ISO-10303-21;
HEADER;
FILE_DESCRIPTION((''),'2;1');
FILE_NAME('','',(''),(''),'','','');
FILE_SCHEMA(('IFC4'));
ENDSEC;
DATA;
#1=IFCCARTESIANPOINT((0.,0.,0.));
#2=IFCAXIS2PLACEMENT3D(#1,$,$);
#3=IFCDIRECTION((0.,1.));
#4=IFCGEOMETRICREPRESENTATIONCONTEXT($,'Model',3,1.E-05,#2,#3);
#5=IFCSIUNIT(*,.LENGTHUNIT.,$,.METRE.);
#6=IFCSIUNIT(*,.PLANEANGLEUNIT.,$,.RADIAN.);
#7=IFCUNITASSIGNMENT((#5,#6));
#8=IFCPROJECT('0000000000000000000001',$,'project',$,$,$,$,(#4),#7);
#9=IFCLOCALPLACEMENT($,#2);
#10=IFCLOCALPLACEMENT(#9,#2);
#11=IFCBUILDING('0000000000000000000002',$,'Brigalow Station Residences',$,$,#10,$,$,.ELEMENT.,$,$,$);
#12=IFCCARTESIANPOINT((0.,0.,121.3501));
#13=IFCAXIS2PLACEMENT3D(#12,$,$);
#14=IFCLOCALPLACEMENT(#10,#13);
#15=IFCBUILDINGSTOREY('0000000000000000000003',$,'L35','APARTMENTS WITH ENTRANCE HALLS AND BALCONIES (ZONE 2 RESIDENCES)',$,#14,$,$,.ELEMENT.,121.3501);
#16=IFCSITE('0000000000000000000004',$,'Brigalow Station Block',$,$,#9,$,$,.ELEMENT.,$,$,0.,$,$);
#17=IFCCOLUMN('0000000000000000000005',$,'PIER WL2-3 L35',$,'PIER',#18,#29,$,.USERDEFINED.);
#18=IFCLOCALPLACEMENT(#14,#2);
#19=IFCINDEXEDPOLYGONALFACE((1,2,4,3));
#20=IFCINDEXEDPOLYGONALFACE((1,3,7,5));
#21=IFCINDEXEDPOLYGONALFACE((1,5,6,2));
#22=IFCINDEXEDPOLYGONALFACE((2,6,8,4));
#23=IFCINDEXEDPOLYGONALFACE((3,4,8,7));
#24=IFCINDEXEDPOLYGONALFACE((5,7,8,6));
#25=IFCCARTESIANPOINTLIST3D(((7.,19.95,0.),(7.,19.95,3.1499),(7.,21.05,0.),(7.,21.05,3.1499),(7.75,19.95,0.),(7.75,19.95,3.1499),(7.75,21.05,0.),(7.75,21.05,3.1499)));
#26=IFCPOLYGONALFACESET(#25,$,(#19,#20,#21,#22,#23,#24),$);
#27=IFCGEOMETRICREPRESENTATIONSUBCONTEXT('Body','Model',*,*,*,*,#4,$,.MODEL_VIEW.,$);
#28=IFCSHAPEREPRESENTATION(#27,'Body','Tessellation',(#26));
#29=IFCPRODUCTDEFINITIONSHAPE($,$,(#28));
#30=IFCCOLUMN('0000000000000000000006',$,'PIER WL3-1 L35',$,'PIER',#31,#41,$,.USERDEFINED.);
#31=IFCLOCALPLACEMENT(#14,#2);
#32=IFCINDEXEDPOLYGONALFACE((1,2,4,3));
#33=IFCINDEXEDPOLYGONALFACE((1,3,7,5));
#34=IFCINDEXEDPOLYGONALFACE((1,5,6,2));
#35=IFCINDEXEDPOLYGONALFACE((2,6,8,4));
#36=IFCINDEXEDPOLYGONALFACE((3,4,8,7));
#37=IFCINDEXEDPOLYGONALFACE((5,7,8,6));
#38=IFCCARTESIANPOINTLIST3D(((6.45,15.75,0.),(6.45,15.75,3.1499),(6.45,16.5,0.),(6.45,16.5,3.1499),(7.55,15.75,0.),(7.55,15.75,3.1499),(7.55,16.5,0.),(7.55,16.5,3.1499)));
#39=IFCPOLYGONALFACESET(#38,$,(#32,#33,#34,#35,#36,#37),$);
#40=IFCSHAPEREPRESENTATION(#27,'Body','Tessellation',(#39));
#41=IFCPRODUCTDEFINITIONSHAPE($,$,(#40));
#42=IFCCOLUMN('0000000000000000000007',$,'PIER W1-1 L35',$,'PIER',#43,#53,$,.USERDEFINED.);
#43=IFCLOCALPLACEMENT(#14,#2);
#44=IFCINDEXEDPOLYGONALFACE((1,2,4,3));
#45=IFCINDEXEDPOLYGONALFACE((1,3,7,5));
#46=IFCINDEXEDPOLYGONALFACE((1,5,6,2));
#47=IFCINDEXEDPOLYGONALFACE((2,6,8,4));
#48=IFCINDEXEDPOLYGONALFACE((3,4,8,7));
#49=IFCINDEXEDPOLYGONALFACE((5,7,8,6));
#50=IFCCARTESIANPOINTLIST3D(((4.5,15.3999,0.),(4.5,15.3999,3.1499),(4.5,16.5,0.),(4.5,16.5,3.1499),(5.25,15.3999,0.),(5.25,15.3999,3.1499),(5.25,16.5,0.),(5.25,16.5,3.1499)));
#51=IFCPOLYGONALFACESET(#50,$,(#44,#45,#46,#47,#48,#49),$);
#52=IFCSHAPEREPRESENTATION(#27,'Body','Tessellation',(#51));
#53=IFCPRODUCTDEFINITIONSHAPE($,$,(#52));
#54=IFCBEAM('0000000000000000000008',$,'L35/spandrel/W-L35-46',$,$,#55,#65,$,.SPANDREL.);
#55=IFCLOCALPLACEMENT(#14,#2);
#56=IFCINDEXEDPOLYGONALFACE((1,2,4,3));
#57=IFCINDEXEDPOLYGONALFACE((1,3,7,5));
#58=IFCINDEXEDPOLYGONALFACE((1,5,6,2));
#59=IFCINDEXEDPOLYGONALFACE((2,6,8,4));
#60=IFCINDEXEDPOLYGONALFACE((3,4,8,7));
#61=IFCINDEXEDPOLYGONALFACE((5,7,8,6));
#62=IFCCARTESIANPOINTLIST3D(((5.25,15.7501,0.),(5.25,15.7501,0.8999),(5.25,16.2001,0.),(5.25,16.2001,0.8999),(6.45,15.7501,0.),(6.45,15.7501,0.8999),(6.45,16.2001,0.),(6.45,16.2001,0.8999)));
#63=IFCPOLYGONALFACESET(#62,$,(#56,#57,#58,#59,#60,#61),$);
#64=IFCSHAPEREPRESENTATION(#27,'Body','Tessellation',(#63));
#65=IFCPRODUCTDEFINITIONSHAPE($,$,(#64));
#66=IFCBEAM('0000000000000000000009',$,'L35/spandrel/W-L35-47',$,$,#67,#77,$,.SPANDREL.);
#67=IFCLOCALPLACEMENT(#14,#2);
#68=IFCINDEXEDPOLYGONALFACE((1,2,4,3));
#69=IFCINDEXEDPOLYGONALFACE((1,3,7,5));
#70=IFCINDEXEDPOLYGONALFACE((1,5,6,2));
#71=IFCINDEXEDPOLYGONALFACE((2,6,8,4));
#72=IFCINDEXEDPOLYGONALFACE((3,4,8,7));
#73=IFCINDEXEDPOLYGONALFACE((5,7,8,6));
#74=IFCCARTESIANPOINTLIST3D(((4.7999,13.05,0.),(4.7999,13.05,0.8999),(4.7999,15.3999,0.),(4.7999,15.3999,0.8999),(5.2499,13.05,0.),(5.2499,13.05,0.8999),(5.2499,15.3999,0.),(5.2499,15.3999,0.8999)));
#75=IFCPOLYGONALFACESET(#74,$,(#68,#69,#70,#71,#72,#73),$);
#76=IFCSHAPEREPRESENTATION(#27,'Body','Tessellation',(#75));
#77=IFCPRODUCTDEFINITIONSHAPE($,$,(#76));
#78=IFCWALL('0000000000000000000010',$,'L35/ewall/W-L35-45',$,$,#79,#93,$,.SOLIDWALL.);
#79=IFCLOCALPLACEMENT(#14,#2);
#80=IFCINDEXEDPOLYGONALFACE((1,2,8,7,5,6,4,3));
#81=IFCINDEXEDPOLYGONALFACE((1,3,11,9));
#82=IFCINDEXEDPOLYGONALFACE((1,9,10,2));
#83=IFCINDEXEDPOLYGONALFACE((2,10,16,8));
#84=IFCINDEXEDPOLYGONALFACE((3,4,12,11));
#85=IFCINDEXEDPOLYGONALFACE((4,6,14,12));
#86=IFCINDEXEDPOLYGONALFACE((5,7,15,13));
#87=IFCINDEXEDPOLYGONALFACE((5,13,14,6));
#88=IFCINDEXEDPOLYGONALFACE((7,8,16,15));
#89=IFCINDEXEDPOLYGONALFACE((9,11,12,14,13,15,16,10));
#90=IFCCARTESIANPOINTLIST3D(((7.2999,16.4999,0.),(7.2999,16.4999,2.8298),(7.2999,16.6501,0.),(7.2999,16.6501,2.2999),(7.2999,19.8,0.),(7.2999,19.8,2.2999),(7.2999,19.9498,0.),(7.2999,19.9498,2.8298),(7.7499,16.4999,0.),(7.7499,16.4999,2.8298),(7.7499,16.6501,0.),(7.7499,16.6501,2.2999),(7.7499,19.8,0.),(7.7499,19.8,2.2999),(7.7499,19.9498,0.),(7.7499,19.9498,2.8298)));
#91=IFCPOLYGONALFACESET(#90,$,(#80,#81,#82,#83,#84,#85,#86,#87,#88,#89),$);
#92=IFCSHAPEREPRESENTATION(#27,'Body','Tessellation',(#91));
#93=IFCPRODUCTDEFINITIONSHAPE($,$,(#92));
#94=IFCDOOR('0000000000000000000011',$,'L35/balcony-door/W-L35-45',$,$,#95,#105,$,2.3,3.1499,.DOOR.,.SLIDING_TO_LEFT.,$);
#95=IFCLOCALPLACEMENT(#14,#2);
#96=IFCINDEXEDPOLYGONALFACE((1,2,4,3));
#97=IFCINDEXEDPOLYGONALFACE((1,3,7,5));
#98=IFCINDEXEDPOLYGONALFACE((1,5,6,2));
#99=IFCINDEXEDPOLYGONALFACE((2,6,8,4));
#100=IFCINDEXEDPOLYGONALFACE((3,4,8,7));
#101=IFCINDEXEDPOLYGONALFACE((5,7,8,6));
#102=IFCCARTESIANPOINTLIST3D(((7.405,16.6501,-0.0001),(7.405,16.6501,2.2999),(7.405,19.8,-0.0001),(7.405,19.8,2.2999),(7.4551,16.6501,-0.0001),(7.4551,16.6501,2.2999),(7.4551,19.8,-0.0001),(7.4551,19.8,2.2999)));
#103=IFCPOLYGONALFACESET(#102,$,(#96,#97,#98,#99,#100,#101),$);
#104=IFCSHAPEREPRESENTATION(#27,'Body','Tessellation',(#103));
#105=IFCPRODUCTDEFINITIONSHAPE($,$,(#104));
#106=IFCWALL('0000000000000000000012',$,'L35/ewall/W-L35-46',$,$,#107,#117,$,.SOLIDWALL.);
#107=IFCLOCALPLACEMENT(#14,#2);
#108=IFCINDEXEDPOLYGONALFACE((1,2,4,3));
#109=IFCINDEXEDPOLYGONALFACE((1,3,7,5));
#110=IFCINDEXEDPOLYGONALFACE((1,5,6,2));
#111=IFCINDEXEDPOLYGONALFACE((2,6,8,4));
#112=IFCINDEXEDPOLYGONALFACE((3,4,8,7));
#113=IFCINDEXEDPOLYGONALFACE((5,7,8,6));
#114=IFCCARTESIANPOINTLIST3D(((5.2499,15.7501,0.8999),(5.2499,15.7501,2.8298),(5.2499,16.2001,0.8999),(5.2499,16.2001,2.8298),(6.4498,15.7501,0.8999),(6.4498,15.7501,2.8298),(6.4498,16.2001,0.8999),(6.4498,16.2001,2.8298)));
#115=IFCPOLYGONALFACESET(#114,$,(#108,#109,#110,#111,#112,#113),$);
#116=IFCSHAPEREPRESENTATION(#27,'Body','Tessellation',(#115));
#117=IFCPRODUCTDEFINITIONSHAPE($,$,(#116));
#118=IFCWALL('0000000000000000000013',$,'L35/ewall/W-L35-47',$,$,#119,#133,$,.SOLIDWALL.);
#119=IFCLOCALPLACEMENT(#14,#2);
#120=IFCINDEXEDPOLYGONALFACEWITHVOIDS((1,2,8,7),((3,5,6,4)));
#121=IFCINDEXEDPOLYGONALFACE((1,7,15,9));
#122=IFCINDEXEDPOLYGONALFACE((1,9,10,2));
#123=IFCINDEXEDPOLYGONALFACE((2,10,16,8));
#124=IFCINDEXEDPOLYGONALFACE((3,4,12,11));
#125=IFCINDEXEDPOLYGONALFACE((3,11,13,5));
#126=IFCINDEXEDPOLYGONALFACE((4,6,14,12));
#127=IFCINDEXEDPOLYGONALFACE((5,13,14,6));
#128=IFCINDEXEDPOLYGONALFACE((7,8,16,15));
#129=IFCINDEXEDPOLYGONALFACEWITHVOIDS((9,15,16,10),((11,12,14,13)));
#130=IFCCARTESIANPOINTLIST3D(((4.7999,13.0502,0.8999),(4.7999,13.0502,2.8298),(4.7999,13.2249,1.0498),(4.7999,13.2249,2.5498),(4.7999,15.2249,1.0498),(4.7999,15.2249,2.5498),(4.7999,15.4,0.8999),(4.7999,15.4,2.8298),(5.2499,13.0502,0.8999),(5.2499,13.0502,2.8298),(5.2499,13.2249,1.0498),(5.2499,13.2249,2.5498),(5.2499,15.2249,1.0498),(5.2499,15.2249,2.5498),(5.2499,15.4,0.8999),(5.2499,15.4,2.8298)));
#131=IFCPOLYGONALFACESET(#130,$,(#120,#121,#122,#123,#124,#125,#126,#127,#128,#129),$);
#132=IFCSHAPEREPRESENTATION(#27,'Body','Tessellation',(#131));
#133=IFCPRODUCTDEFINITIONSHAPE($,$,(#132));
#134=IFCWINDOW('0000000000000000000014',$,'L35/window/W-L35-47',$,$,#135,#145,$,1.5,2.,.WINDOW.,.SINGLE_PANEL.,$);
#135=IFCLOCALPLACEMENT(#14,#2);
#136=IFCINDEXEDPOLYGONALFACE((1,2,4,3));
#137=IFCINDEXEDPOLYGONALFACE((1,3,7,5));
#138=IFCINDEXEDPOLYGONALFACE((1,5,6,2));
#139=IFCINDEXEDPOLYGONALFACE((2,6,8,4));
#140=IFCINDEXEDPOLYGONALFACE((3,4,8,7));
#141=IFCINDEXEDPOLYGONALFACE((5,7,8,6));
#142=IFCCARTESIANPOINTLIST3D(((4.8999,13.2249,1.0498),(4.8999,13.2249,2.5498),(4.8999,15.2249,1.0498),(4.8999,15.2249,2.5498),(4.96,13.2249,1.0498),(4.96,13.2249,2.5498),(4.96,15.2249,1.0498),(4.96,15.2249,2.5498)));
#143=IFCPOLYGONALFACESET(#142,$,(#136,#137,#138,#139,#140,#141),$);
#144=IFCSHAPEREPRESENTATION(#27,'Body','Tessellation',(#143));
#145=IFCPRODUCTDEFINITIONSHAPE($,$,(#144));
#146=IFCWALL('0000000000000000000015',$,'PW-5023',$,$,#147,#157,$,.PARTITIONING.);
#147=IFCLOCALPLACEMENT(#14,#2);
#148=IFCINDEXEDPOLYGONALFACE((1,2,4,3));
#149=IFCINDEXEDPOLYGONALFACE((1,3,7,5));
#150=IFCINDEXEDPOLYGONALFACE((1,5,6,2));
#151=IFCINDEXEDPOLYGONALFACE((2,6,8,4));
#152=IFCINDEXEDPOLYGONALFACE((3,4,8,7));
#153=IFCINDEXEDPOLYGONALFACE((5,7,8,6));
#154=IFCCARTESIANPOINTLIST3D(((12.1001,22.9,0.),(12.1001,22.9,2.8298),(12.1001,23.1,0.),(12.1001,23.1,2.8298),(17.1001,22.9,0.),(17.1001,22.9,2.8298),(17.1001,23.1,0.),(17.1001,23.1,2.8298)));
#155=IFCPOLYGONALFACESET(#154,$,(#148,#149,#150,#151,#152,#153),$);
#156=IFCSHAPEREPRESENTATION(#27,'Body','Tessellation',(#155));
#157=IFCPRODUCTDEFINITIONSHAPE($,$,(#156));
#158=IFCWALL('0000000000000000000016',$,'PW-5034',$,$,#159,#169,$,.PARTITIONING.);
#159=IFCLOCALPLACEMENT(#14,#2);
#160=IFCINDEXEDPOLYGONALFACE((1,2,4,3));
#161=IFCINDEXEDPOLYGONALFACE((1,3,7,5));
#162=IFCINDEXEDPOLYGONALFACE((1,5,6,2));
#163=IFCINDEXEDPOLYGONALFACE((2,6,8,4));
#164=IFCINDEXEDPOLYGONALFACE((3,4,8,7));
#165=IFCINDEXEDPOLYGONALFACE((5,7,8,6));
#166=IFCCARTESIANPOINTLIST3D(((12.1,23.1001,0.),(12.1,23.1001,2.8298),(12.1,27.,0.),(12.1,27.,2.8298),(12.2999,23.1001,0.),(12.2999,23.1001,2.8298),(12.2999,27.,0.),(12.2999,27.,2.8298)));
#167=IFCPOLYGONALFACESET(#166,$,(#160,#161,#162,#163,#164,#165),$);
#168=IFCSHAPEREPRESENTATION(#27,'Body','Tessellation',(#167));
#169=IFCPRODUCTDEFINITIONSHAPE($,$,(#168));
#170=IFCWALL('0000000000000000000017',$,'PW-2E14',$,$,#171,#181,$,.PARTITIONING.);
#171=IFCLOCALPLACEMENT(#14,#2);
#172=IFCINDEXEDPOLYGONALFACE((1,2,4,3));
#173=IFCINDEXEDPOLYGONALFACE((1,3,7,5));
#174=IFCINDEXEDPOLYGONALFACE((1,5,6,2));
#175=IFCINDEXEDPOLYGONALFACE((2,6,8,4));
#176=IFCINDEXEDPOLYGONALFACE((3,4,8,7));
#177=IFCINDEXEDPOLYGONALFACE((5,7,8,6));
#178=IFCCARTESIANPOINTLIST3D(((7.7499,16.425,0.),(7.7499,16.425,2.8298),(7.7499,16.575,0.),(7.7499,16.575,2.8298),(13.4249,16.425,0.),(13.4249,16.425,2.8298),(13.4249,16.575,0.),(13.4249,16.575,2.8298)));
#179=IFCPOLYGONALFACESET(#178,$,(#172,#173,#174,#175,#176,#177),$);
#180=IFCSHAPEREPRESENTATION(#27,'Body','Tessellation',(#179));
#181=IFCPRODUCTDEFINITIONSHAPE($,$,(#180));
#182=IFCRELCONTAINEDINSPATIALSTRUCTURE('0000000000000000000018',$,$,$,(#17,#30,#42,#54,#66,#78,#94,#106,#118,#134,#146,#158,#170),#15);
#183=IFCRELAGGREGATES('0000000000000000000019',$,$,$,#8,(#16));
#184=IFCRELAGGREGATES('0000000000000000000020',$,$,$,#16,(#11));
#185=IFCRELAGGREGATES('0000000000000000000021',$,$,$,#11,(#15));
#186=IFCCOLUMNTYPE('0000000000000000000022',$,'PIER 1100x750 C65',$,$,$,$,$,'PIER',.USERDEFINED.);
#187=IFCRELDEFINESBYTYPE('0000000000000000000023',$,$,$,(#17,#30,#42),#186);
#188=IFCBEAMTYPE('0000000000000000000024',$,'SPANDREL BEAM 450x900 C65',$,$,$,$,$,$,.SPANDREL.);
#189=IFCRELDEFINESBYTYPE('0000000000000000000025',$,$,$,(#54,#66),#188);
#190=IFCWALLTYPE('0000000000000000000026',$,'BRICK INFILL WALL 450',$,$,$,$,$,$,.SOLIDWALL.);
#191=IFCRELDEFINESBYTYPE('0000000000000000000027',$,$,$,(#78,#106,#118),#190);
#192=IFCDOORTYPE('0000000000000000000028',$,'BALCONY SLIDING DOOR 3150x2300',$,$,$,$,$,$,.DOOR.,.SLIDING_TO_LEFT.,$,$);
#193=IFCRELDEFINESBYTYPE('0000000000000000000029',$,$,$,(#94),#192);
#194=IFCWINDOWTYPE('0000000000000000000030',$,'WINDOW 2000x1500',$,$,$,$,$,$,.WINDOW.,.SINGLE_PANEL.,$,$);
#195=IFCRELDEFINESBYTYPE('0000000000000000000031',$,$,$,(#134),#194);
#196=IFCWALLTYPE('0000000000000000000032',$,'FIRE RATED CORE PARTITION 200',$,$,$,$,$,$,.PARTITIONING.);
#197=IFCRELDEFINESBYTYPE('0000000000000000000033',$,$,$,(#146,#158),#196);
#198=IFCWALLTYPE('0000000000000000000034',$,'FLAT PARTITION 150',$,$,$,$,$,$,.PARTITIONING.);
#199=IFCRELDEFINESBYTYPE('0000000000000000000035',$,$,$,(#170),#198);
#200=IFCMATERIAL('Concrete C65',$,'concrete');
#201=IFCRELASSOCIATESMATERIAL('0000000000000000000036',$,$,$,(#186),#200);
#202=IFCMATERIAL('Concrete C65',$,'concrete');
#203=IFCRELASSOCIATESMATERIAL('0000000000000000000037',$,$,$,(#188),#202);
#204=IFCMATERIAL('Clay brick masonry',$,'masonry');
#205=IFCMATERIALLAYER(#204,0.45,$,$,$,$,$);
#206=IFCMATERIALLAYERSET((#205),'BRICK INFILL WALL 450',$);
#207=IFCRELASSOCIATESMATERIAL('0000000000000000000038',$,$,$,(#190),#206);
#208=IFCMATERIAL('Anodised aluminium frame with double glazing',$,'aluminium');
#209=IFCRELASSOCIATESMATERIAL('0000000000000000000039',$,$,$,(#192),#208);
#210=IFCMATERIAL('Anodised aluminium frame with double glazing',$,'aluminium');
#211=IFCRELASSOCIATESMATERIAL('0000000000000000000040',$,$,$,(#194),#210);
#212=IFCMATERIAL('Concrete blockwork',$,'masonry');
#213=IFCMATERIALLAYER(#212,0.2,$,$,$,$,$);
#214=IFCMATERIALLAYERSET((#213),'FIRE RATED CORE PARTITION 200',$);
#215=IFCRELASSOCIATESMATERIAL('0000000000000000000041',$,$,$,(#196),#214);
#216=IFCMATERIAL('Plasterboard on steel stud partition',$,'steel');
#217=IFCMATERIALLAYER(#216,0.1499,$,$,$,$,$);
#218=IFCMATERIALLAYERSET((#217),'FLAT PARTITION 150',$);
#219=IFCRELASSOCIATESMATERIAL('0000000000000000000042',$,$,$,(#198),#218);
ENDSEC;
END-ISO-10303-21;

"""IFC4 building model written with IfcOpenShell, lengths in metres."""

from ifc_helpers import new_model, si_unit, direction, frame, frame_2d, origin, origin_2d, place, context, subcontext, project, spatial, rectangle, extrude, material, layer, layer_set, material_profile, profile_set, type_object, element, fill, save


model = new_model("IFC4")

# Units and contexts
model_context = context("Model", 3, precision=1e-05, world=origin(), true_north=direction((0.0, 1.0)))
body_context = subcontext(model_context, "Body", "Model", "MODEL_VIEW")
ifc_project = project(units=[si_unit("LENGTHUNIT", "METRE"), si_unit("PLANEANGLEUNIT", "RADIAN")], contexts=[model_context])

# Site, building, storey
site_placement = place(None, origin())
site = spatial("IfcSite", under=ifc_project, at=site_placement, Name="Brigalow Station Block", CompositionType="ELEMENT", RefElevation=0.0)
building_placement = place(site_placement, origin())
building = spatial("IfcBuilding", under=site, at=building_placement, Name="Brigalow Station Residences", CompositionType="ELEMENT")
storey_placement = place(building_placement, frame((0.0, 0.0, 121.3501)))
storey = spatial("IfcBuildingStorey", under=building, at=storey_placement, Name="L35", Description="APARTMENTS WITH ENTRANCE HALLS AND BALCONIES (ZONE 2 RESIDENCES)", CompositionType="ELEMENT", Elevation=121.3501)

# Columns
ifc_material_1 = material(Name="Concrete C65", Category="concrete")
ifc_material_profile_1 = material_profile(ifc_material_1, rectangle(XDim=1.1001, YDim=0.75, at=origin_2d()), Name="RC1100x750")
ifc_profile_set_1 = profile_set([ifc_material_profile_1], Name="Concrete C65")
column_type = type_object("IfcColumnType", Name="PIER 1100x750 C65", ElementType="PIER", PredefinedType="USERDEFINED", material=ifc_profile_set_1)
for number, where, z_axis, x_axis, name in (
    (1, (7.375, 20.5, 0.0), (0.0, 0.0, 1.0), (0.0, -1.0, 0.0), "PIER WL2-3 L35"),
    (2, (7.0, 16.125, 0.0), (0.0, 0.0, 1.0), (-1.0, 0.0, 0.0), "PIER WL3-1 L35"),
    (3, (4.875, 15.95, 0.0), (0.0, 0.0, 1.0), (0.0, -1.0, 0.0), "PIER W1-1 L35"),
):
    element("IfcColumn", number, at=place(storey_placement, frame(where, z_axis=z_axis, x_axis=x_axis)), inside=storey, type_object=column_type, Name=name, ObjectType="PIER", PredefinedType="USERDEFINED", context=body_context, shape_type="SweptSolid", body=[
        extrude(rectangle(XDim=1.1001, YDim=0.75, at=origin_2d()), origin(), (0.0, 0.0, 1.0), 3.1499),
    ])

# Beams
ifc_material_2 = material(Name="Concrete C65", Category="concrete")
ifc_material_profile_2 = material_profile(ifc_material_2, rectangle(XDim=0.45, YDim=0.8999, at=origin_2d()), Name="RC450x900")
ifc_profile_set_2 = profile_set([ifc_material_profile_2], Name="Concrete C65")
beam_type = type_object("IfcBeamType", Name="SPANDREL BEAM 450x900 C65", PredefinedType="SPANDREL", material=ifc_profile_set_2)
beam_1_placement = place(storey_placement, frame((6.45, 15.9751, 0.45), z_axis=(-1.0, 0.0, 0.0), x_axis=(0.0, -1.0, 0.0)))
element("IfcBeam", 4, at=beam_1_placement, inside=storey, type_object=beam_type, Name="L35/spandrel/W-L35-46", PredefinedType="SPANDREL", context=body_context, shape_type="SweptSolid", body=[
    extrude(rectangle(XDim=0.45, YDim=0.8999, at=origin_2d()), origin(), (0.0, 0.0, 1.0), 1.2),
])
beam_2_placement = place(storey_placement, frame((5.0249, 15.3999, 0.45), z_axis=(0.0, -1.0, 0.0), x_axis=(1.0, 0.0, 0.0)))
element("IfcBeam", 5, at=beam_2_placement, inside=storey, type_object=beam_type, Name="L35/spandrel/W-L35-47", PredefinedType="SPANDREL", context=body_context, shape_type="SweptSolid", body=[
    extrude(rectangle(XDim=0.45, YDim=0.8999, at=origin_2d()), origin(), (0.0, 0.0, 1.0), 2.3499),
])

# Wall, opening, door
ifc_material_3 = material(Name="Clay brick masonry", Category="masonry")
ifc_layer_1 = layer(ifc_material_3, 0.45)
ifc_layer_set_1 = layer_set([ifc_layer_1], Name="BRICK INFILL WALL 450")
wall_type_1 = type_object("IfcWallType", Name="BRICK INFILL WALL 450", PredefinedType="SOLIDWALL", material=ifc_layer_set_1)
wall_1_placement = place(storey_placement, frame((7.5249, 19.95, 0.0), z_axis=(0.0, 0.0, 1.0), x_axis=(0.0, -1.0, 0.0)))
wall_1 = element("IfcWall", 6, at=wall_1_placement, inside=storey, type_object=wall_type_1, Name="L35/ewall/W-L35-45", PredefinedType="SOLIDWALL", context=body_context, shape_type="SweptSolid", body=[
    extrude(rectangle(XDim=3.45, YDim=0.45, at=frame_2d((1.7251, 0.0))), origin(), (0.0, 0.0, 1.0), 2.8298),
])
opening_1_placement = place(wall_1_placement, frame((0.1499, 0.0, 0.0)))
opening_1 = element("IfcOpeningElement", 7, at=opening_1_placement, cuts=wall_1, PredefinedType="OPENING", context=body_context, shape_type="SweptSolid", body=[
    extrude(rectangle(XDim=3.1499, YDim=2.3, at=frame_2d((1.575, 1.1499))), frame((0.0, 0.2349, 0.0), z_axis=(0.0, -1.0, 0.0), x_axis=(1.0, 0.0, 0.0)), (0.0, 0.0, 1.0), 0.47),
])
ifc_material_4 = material(Name="Anodised aluminium frame with double glazing", Category="aluminium")
door_type_1 = type_object("IfcDoorType", Name="BALCONY SLIDING DOOR 3150x2300", OperationType="SLIDING_TO_LEFT", PredefinedType="DOOR", material=ifc_material_4)
door_1_placement = place(opening_1_placement, origin())
door_1 = element("IfcDoor", 8, at=door_1_placement, inside=storey, type_object=door_type_1, Name="L35/balcony-door/W-L35-45", OperationType="SLIDING_TO_LEFT", OverallHeight=2.3, OverallWidth=3.1499, PredefinedType="DOOR", context=body_context, shape_type="SweptSolid", body=[
    extrude(rectangle(XDim=3.1499, YDim=2.3, at=frame_2d((1.575, 1.1499))), frame((0.0, -0.0698, 0.0), z_axis=(0.0, -1.0, 0.0), x_axis=(1.0, 0.0, 0.0)), (0.0, 0.0, 1.0), 0.05),
])
fill(opening_1, door_1)

# Wall
wall_2_placement = place(storey_placement, frame((6.45, 15.9751, 0.8999), z_axis=(0.0, 0.0, 1.0), x_axis=(-1.0, 0.0, 0.0)))
element("IfcWall", 9, at=wall_2_placement, inside=storey, type_object=wall_type_1, Name="L35/ewall/W-L35-46", PredefinedType="SOLIDWALL", context=body_context, shape_type="SweptSolid", body=[
    extrude(rectangle(XDim=1.2, YDim=0.45, at=frame_2d((0.6001, 0.0))), origin(), (0.0, 0.0, 1.0), 1.9299),
])

# Wall, opening, window
wall_3_placement = place(storey_placement, frame((5.0249, 15.3999, 0.8999), z_axis=(0.0, 0.0, 1.0), x_axis=(0.0, -1.0, 0.0)))
wall_3 = element("IfcWall", 10, at=wall_3_placement, inside=storey, type_object=wall_type_1, Name="L35/ewall/W-L35-47", PredefinedType="SOLIDWALL", context=body_context, shape_type="SweptSolid", body=[
    extrude(rectangle(XDim=2.3499, YDim=0.45, at=frame_2d((1.1748, 0.0))), origin(), (0.0, 0.0, 1.0), 1.9299),
])
opening_2_placement = place(wall_3_placement, frame((0.175, 0.0, 0.1499)))
opening_2 = element("IfcOpeningElement", 11, at=opening_2_placement, cuts=wall_3, PredefinedType="OPENING", context=body_context, shape_type="SweptSolid", body=[
    extrude(rectangle(XDim=2.0, YDim=1.5, at=frame_2d((1.0, 0.75))), frame((0.0, 0.2349, 0.0), z_axis=(0.0, -1.0, 0.0), x_axis=(1.0, 0.0, 0.0)), (0.0, 0.0, 1.0), 0.47),
])
ifc_material_5 = material(Name="Anodised aluminium frame with double glazing", Category="aluminium")
window_type = type_object("IfcWindowType", Name="WINDOW 2000x1500", PartitioningType="SINGLE_PANEL", PredefinedType="WINDOW", material=ifc_material_5)
window_placement = place(opening_2_placement, origin())
window = element("IfcWindow", 12, at=window_placement, inside=storey, type_object=window_type, Name="L35/window/W-L35-47", OverallHeight=1.5, OverallWidth=2.0, PartitioningType="SINGLE_PANEL", PredefinedType="WINDOW", context=body_context, shape_type="SweptSolid", body=[
    extrude(rectangle(XDim=2.0, YDim=1.5, at=frame_2d((1.0, 0.75))), frame((0.0, -0.0649, 0.0), z_axis=(0.0, -1.0, 0.0), x_axis=(1.0, 0.0, 0.0)), (0.0, 0.0, 1.0), 0.0601),
])
fill(opening_2, window)

# Walls
ifc_material_6 = material(Name="Concrete blockwork", Category="masonry")
ifc_layer_2 = layer(ifc_material_6, 0.2)
ifc_layer_set_2 = layer_set([ifc_layer_2], Name="FIRE RATED CORE PARTITION 200")
wall_type_2 = type_object("IfcWallType", Name="FIRE RATED CORE PARTITION 200", PredefinedType="PARTITIONING", material=ifc_layer_set_2)
wall_4_placement = place(storey_placement, frame((12.1001, 23.0, 0.0), z_axis=(0.0, 0.0, 1.0), x_axis=(1.0, 0.0, 0.0)))
element("IfcWall", 13, at=wall_4_placement, inside=storey, type_object=wall_type_2, Name="PW-5023", PredefinedType="PARTITIONING", context=body_context, shape_type="SweptSolid", body=[
    extrude(rectangle(XDim=5.0, YDim=0.2, at=frame_2d((2.5, 0.0))), origin(), (0.0, 0.0, 1.0), 2.8298),
])
wall_5_placement = place(storey_placement, frame((12.2, 23.1001, 0.0), z_axis=(0.0, 0.0, 1.0), x_axis=(0.0, 1.0, 0.0)))
element("IfcWall", 14, at=wall_5_placement, inside=storey, type_object=wall_type_2, Name="PW-5034", PredefinedType="PARTITIONING", context=body_context, shape_type="SweptSolid", body=[
    extrude(rectangle(XDim=3.8999, YDim=0.2, at=frame_2d((1.95, 0.0))), origin(), (0.0, 0.0, 1.0), 2.8298),
])
ifc_material_7 = material(Name="Plasterboard on steel stud partition", Category="steel")
ifc_layer_3 = layer(ifc_material_7, 0.1499)
ifc_layer_set_3 = layer_set([ifc_layer_3], Name="FLAT PARTITION 150")
wall_type_3 = type_object("IfcWallType", Name="FLAT PARTITION 150", PredefinedType="PARTITIONING", material=ifc_layer_set_3)
wall_6_placement = place(storey_placement, frame((7.75, 16.5, 0.0), z_axis=(0.0, 0.0, 1.0), x_axis=(1.0, 0.0, 0.0)))
element("IfcWall", 15, at=wall_6_placement, inside=storey, type_object=wall_type_3, Name="PW-2E14", PredefinedType="PARTITIONING", context=body_context, shape_type="SweptSolid", body=[
    extrude(rectangle(XDim=5.675, YDim=0.1499, at=frame_2d((2.8374, 0.0))), origin(), (0.0, 0.0, 1.0), 2.8298),
])

save(model, "model.ifc")
